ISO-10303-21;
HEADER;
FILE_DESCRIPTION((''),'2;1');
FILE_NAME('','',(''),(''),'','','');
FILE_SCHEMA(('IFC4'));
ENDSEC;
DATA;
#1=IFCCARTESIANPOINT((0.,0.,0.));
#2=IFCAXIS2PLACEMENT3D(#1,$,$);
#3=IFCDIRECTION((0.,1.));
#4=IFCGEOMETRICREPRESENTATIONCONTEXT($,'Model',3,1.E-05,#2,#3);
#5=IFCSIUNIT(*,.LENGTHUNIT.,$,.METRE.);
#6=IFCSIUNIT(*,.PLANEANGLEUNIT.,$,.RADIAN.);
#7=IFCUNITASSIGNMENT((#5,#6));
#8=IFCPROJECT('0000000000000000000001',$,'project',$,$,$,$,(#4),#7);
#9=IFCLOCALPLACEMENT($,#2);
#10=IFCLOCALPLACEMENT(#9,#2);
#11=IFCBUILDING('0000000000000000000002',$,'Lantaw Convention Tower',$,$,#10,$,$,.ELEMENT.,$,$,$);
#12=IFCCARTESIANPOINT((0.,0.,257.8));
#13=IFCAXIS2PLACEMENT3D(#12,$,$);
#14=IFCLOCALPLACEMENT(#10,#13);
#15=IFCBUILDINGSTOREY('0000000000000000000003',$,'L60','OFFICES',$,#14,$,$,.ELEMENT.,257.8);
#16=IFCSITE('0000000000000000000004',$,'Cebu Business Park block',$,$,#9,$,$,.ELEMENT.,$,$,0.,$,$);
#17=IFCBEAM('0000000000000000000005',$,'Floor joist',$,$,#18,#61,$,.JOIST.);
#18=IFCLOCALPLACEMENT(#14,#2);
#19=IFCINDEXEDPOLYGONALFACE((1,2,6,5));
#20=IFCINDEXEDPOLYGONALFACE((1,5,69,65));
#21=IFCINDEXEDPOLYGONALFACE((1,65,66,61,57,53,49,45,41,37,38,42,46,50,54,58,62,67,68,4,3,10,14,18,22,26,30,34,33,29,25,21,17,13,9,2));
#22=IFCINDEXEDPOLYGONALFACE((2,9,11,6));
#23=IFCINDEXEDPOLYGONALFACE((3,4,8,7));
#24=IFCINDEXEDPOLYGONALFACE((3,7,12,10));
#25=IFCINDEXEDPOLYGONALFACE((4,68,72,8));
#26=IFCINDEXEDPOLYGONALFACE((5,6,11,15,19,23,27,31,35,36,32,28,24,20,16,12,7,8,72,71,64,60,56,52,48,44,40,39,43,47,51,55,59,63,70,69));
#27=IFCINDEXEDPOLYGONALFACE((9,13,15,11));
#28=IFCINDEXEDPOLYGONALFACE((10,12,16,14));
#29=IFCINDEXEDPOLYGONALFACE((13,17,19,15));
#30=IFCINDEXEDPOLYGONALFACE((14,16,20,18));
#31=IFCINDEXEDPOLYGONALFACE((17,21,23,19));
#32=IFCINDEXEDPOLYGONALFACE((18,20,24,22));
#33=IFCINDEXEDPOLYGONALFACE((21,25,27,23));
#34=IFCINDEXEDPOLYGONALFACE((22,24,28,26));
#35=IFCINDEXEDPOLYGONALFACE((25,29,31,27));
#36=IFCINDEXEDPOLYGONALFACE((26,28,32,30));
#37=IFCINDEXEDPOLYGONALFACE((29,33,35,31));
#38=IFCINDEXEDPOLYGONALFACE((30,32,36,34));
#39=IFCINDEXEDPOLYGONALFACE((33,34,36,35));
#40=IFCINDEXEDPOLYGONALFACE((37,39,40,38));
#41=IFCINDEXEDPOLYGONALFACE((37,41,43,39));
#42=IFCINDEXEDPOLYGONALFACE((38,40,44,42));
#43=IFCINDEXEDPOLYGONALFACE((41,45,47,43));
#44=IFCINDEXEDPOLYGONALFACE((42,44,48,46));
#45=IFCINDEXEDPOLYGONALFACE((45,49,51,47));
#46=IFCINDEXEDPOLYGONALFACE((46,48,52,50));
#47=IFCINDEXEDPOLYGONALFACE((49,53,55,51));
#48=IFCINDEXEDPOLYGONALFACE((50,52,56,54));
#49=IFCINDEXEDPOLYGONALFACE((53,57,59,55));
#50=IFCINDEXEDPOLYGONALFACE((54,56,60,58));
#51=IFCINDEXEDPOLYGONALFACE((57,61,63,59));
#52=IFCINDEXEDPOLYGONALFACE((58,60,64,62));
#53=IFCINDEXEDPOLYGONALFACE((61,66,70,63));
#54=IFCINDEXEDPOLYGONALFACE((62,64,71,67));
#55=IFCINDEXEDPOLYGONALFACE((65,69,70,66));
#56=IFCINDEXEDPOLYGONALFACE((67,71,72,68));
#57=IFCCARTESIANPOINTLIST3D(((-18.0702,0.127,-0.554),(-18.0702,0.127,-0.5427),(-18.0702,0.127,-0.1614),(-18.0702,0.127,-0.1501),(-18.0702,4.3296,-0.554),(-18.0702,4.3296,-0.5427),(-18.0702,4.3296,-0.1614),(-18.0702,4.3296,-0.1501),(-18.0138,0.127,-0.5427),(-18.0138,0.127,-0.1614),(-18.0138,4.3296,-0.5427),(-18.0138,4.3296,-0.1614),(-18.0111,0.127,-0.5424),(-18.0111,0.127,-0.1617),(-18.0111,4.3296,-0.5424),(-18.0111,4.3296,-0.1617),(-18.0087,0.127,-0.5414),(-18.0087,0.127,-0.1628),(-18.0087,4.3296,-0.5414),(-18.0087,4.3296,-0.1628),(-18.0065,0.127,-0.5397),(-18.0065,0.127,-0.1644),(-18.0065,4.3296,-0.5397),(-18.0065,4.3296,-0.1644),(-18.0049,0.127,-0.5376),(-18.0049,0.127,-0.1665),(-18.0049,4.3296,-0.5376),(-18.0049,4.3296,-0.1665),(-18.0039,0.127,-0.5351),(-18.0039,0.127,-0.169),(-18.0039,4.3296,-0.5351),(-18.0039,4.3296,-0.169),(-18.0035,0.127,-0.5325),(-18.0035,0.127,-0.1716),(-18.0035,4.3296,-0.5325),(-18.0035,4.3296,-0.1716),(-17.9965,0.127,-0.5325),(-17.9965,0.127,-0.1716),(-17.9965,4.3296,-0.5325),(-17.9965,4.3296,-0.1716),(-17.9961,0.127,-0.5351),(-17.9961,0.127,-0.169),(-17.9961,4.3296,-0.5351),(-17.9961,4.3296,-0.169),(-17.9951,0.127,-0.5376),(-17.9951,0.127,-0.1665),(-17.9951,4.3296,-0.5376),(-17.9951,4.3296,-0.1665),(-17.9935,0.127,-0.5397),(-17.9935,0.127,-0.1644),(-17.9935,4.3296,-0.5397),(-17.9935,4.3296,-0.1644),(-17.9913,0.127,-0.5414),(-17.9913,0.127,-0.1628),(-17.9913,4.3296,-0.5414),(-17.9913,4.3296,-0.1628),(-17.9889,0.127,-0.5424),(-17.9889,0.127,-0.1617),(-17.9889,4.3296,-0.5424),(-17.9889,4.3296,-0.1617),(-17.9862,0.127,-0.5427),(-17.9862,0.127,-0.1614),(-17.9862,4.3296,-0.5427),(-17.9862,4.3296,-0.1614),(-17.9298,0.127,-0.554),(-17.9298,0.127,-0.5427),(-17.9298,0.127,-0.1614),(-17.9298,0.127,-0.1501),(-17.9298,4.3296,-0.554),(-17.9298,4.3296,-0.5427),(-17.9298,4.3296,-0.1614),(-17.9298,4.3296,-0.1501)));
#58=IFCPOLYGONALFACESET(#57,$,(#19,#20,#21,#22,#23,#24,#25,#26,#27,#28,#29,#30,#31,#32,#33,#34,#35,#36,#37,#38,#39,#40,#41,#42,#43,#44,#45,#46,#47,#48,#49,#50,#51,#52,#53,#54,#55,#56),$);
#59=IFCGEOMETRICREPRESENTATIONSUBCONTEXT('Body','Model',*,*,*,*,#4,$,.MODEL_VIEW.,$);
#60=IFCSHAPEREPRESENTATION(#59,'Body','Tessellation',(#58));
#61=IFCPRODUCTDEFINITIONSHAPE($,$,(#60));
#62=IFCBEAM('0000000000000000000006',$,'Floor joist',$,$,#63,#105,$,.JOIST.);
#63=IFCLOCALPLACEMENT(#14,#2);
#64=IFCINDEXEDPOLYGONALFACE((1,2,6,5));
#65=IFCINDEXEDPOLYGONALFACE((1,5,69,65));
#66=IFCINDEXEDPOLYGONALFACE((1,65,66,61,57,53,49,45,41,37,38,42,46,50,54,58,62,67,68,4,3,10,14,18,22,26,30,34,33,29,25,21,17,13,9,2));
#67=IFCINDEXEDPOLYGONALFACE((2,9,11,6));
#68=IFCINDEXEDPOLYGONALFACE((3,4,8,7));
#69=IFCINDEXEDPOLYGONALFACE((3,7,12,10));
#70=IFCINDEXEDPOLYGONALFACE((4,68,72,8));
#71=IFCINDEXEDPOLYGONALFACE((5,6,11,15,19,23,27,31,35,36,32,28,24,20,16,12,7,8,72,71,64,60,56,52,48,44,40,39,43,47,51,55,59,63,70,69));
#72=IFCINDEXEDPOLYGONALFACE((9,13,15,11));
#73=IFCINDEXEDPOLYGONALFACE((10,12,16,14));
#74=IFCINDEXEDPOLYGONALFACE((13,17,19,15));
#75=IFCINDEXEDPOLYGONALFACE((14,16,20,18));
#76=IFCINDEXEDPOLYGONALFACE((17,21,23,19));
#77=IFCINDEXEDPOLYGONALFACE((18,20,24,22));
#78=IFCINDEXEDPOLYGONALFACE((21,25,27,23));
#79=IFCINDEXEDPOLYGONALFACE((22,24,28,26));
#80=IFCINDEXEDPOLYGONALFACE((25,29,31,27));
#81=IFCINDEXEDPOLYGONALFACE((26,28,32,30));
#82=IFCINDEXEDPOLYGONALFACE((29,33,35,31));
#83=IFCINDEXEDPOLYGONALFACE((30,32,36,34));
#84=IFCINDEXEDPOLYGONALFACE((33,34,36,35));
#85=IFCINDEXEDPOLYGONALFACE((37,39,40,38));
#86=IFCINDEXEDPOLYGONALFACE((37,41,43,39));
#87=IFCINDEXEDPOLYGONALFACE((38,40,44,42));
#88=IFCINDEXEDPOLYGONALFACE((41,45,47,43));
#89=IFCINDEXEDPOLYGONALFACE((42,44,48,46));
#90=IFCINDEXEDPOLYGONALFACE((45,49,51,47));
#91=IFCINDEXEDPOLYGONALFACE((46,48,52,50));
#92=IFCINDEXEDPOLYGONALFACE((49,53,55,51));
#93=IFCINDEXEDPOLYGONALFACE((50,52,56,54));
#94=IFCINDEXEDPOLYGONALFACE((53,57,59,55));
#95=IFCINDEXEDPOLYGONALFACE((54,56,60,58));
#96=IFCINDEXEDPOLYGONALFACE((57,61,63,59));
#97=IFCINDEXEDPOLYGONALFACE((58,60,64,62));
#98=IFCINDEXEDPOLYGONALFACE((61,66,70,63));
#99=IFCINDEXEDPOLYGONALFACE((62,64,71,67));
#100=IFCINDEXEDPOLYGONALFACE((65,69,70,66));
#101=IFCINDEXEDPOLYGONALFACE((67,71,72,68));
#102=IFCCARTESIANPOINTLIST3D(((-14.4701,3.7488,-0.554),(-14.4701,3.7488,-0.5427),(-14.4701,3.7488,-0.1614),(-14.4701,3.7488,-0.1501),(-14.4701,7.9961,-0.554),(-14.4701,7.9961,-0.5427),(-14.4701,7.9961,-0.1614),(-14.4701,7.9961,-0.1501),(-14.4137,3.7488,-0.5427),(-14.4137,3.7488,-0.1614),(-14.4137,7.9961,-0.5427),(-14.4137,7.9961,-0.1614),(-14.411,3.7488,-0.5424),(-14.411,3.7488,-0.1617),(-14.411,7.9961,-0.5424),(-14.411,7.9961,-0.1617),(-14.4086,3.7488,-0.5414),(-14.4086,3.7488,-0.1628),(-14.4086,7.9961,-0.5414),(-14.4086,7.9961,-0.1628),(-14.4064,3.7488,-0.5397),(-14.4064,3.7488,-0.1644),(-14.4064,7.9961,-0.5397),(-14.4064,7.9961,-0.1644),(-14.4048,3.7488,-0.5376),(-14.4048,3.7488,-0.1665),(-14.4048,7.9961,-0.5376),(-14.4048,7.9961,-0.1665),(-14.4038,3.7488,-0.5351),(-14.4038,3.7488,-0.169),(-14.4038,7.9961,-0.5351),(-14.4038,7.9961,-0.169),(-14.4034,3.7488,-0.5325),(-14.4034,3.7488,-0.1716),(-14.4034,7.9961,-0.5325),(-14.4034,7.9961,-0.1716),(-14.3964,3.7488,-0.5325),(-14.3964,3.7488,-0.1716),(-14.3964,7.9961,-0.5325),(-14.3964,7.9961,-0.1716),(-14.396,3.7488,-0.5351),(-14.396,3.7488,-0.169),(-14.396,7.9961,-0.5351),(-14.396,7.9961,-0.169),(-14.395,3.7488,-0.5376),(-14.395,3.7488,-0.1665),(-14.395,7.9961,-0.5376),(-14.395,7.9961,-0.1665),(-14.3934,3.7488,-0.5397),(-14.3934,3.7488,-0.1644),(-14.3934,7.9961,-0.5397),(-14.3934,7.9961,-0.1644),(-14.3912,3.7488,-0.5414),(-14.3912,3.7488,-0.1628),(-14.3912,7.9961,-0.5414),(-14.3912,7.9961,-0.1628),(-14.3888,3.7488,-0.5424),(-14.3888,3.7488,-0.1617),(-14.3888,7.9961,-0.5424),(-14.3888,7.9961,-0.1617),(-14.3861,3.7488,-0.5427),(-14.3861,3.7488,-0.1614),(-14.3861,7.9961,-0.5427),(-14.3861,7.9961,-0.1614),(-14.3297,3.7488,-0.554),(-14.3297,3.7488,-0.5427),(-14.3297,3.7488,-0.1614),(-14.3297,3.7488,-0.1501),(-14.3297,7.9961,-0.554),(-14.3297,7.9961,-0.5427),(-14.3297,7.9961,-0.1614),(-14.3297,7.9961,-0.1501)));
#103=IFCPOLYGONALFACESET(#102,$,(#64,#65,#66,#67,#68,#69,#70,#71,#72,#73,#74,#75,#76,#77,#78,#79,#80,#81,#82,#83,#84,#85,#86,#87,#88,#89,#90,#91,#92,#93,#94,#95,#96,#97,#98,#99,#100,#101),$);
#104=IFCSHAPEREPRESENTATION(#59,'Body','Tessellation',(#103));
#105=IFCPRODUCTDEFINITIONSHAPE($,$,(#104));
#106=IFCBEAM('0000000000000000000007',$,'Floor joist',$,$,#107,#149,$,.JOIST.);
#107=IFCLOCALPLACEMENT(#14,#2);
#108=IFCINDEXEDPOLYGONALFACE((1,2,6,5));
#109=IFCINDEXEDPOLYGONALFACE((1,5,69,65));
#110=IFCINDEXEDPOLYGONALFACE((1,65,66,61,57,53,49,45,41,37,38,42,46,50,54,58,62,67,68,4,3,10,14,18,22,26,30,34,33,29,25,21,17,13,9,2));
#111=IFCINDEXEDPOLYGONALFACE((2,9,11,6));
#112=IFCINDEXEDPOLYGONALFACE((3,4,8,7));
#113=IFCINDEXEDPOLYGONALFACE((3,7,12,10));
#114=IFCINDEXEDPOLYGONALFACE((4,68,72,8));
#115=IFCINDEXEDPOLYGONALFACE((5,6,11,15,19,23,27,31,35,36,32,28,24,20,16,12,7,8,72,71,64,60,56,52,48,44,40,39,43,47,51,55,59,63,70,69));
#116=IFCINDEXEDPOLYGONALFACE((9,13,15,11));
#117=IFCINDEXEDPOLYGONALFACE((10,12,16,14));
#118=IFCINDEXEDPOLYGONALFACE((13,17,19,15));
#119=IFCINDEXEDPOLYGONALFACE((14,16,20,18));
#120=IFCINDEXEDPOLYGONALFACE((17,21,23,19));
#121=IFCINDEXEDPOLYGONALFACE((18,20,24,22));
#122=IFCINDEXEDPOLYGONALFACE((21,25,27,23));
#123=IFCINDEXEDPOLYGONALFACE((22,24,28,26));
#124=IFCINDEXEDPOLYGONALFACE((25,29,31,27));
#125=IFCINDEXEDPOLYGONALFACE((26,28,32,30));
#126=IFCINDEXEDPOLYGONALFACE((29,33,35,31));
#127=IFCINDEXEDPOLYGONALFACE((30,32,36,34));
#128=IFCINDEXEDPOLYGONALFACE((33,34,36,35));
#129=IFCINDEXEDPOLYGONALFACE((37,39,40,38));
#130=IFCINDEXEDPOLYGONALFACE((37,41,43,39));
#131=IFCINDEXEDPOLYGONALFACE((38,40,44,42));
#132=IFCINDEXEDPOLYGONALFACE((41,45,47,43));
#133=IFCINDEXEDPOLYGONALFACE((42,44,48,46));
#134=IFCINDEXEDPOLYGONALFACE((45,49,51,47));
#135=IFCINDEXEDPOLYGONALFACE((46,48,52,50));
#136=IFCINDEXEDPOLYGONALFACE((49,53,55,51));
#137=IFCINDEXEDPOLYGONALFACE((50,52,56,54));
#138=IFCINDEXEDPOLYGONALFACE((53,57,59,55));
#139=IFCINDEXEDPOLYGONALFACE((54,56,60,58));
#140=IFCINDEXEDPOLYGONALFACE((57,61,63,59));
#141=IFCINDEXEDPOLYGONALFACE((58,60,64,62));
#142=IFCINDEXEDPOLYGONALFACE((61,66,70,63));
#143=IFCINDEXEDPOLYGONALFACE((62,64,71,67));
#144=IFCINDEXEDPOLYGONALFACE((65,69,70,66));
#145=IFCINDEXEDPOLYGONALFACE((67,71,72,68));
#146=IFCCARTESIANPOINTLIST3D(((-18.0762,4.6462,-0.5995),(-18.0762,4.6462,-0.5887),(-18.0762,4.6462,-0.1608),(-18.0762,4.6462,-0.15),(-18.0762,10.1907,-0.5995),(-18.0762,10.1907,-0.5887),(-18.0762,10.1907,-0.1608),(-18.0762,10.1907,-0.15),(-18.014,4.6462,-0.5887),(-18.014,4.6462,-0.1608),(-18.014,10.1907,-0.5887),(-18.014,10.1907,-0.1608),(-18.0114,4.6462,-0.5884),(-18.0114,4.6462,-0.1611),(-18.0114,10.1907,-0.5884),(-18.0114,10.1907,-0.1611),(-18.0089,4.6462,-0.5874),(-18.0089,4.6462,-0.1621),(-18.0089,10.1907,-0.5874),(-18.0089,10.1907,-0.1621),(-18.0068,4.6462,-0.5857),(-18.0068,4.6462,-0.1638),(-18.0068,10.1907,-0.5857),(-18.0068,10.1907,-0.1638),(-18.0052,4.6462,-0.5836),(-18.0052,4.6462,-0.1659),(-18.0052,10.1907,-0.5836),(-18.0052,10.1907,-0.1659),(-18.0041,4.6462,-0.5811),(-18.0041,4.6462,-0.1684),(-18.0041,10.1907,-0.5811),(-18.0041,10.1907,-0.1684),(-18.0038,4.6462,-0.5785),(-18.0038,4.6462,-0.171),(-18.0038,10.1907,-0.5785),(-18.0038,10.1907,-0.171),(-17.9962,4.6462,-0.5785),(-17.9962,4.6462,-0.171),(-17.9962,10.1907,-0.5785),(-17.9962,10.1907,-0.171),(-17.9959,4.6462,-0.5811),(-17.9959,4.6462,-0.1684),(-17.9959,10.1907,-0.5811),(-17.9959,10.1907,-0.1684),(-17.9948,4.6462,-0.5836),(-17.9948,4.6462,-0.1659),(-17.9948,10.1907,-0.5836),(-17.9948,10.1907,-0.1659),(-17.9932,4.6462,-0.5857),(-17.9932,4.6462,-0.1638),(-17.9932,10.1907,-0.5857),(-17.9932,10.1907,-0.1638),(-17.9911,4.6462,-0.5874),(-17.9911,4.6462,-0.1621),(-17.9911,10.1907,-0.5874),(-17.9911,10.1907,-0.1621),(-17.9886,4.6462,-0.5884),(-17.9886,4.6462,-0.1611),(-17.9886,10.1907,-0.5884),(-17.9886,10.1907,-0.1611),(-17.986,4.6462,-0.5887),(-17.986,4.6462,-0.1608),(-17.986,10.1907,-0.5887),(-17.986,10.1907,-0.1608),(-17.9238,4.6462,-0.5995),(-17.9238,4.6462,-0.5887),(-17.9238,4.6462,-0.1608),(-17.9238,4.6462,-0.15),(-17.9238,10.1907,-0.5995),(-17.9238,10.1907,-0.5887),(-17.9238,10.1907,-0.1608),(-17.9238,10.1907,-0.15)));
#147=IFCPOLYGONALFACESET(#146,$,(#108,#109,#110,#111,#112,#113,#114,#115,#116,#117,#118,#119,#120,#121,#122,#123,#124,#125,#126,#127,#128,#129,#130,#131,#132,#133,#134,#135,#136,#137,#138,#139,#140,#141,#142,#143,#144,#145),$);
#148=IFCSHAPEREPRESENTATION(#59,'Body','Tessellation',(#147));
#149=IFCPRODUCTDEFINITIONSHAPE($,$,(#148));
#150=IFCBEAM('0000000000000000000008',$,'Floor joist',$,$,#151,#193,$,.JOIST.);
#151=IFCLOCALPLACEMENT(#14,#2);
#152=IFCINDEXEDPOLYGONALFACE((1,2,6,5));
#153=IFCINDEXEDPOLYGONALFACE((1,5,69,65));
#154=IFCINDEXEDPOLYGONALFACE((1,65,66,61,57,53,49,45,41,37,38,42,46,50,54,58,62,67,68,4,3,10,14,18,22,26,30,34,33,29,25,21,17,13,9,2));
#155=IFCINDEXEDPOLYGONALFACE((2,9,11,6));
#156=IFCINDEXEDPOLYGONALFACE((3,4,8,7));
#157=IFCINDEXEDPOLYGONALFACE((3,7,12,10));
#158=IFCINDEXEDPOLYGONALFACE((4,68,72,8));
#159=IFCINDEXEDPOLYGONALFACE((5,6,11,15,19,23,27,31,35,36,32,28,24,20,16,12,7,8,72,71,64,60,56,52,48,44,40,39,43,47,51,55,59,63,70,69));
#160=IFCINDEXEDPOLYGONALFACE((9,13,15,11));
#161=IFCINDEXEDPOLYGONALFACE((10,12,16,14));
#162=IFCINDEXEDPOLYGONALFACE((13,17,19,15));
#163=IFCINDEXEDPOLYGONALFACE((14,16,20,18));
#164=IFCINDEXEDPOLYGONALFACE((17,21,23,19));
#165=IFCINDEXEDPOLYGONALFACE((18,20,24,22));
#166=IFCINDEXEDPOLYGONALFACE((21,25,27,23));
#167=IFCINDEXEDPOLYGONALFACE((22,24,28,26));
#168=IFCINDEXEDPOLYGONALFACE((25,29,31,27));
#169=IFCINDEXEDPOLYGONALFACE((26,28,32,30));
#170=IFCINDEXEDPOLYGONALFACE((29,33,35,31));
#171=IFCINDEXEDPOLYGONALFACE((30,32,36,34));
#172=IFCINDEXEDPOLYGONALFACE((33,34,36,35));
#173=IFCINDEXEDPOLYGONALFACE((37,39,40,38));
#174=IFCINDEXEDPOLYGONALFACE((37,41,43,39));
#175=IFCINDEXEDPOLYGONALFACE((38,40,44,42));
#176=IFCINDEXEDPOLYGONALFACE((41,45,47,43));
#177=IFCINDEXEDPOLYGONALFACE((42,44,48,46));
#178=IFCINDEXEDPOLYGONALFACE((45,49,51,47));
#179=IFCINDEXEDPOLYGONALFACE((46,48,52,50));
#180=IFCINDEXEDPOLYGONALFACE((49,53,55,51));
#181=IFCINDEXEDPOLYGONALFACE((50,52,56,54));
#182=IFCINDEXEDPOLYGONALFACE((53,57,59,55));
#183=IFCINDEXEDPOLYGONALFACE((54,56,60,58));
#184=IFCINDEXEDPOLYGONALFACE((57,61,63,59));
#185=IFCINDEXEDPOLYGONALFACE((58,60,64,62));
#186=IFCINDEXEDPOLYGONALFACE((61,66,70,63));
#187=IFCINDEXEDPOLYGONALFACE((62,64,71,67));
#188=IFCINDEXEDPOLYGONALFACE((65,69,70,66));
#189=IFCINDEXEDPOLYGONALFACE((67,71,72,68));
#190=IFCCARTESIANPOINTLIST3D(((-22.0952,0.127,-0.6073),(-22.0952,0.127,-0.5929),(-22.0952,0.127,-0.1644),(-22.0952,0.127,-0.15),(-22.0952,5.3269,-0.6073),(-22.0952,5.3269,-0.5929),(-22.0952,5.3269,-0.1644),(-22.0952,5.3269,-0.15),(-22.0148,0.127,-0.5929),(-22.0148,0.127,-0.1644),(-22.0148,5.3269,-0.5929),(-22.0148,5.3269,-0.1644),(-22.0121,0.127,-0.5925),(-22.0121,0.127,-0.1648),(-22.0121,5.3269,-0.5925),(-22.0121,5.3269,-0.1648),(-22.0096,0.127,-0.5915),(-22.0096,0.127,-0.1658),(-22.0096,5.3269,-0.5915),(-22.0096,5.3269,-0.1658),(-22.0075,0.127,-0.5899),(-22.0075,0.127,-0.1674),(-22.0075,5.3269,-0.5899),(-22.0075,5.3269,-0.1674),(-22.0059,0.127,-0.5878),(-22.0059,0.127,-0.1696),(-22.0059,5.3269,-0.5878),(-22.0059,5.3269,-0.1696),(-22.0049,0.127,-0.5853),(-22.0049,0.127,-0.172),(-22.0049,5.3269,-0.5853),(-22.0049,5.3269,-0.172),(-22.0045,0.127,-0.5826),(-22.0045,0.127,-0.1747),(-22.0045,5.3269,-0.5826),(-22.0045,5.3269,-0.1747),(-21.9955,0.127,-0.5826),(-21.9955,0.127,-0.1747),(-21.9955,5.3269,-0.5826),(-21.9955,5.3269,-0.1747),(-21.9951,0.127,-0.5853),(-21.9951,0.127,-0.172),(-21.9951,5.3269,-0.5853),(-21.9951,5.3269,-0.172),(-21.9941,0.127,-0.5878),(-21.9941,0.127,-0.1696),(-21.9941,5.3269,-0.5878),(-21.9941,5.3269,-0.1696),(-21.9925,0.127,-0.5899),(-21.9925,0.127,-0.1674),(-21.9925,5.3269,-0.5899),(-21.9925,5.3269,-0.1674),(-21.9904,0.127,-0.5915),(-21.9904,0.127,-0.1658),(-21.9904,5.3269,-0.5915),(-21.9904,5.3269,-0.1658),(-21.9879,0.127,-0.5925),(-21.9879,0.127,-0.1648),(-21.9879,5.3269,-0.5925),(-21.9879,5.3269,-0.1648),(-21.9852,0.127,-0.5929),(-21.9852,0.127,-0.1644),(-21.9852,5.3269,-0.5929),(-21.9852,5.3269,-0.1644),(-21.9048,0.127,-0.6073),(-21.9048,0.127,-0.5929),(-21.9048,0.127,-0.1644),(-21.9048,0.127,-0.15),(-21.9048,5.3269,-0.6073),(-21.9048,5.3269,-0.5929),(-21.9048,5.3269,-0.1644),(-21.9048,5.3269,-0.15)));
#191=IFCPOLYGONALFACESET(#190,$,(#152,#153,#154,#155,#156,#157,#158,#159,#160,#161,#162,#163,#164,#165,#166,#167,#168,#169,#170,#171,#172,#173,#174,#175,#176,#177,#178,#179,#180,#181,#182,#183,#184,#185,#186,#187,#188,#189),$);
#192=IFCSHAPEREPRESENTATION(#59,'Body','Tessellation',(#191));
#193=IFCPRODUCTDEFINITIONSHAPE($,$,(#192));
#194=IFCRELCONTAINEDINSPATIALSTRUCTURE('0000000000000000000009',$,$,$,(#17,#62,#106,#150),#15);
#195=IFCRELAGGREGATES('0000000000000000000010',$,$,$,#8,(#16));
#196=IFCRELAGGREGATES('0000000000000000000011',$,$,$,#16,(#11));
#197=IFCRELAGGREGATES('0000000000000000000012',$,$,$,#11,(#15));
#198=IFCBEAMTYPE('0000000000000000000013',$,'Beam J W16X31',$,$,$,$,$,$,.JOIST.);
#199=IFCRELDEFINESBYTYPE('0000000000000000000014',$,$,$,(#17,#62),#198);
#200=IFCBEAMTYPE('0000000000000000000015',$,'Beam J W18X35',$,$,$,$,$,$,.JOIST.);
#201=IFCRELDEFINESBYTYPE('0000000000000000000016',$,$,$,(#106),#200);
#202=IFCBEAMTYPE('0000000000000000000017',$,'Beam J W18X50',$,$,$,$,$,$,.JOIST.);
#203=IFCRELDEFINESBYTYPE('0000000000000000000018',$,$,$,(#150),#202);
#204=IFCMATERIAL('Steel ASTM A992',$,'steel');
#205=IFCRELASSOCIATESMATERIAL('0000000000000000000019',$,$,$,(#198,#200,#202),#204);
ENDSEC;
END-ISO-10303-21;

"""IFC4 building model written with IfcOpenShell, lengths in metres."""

from ifc_helpers import new_model, si_unit, direction, frame, origin, origin_2d, place, context, subcontext, project, spatial, i_section, extrude, material, material_profile, profile_set, type_object, element, save


model = new_model("IFC4")

# Units and contexts
model_context = context("Model", 3, precision=1e-05, world=origin(), true_north=direction((0.0, 1.0)))
body_context = subcontext(model_context, "Body", "Model", "MODEL_VIEW")
ifc_project = project(units=[si_unit("LENGTHUNIT", "METRE"), si_unit("PLANEANGLEUNIT", "RADIAN")], contexts=[model_context])

# Site, building, storey
site_placement = place(None, origin())
site = spatial("IfcSite", under=ifc_project, at=site_placement, Name="Cebu Business Park block", CompositionType="ELEMENT", RefElevation=0.0)
building_placement = place(site_placement, origin())
building = spatial("IfcBuilding", under=site, at=building_placement, Name="Lantaw Convention Tower", CompositionType="ELEMENT")
storey_placement = place(building_placement, frame((0.0, 0.0, 257.8)))
storey = spatial("IfcBuildingStorey", under=building, at=storey_placement, Name="L60", Description="OFFICES", CompositionType="ELEMENT", Elevation=257.8)

# Beams
ifc_material_1 = material(Name="Steel ASTM A992", Category="steel")
ifc_material_profile_1 = material_profile(ifc_material_1, i_section(OverallWidth=0.1404, OverallDepth=0.4038, WebThickness=0.0071, FlangeThickness=0.0112, FilletRadius=0.0103, at=origin_2d()), Name="W16X31")
ifc_profile_set_1 = profile_set([ifc_material_profile_1], Name="Steel ASTM A992")
beam_type_1 = type_object("IfcBeamType", Name="Beam J W16X31", PredefinedType="JOIST", material=ifc_profile_set_1)
beam_1_placement = place(storey_placement, frame((-18.0, 0.127, -0.3521), z_axis=(0.0, 1.0, 0.0), x_axis=(-1.0, 0.0, 0.0)))
element("IfcBeam", 1, at=beam_1_placement, inside=storey, type_object=beam_type_1, Name="Floor joist", PredefinedType="JOIST", context=body_context, shape_type="SweptSolid", body=[
    extrude(i_section(OverallWidth=0.1404, OverallDepth=0.4038, WebThickness=0.0071, FlangeThickness=0.0112, FilletRadius=0.0103, at=origin_2d()), origin(), (0.0, 0.0, 1.0), 4.2026),
])
beam_2_placement = place(storey_placement, frame((-14.3999, 3.7488, -0.3521), z_axis=(0.0, 1.0, 0.0), x_axis=(-1.0, 0.0, 0.0)))
element("IfcBeam", 2, at=beam_2_placement, inside=storey, type_object=beam_type_1, Name="Floor joist", PredefinedType="JOIST", context=body_context, shape_type="SweptSolid", body=[
    extrude(i_section(OverallWidth=0.1404, OverallDepth=0.4038, WebThickness=0.0071, FlangeThickness=0.0112, FilletRadius=0.0103, at=origin_2d()), origin(), (0.0, 0.0, 1.0), 4.2473),
])
ifc_material_profile_2 = material_profile(ifc_material_1, i_section(OverallWidth=0.1523, OverallDepth=0.4495, WebThickness=0.0076, FlangeThickness=0.0107, FilletRadius=0.0103, at=origin_2d()), Name="W18X35")
ifc_profile_set_2 = profile_set([ifc_material_profile_2], Name="Steel ASTM A992")
beam_type_2 = type_object("IfcBeamType", Name="Beam J W18X35", PredefinedType="JOIST", material=ifc_profile_set_2)
beam_3_placement = place(storey_placement, frame((-18.0, 4.6462, -0.3748), z_axis=(0.0, 1.0, 0.0), x_axis=(-1.0, 0.0, 0.0)))
element("IfcBeam", 3, at=beam_3_placement, inside=storey, type_object=beam_type_2, Name="Floor joist", PredefinedType="JOIST", context=body_context, shape_type="SweptSolid", body=[
    extrude(i_section(OverallWidth=0.1523, OverallDepth=0.4495, WebThickness=0.0076, FlangeThickness=0.0107, FilletRadius=0.0103, at=origin_2d()), origin(), (0.0, 0.0, 1.0), 5.5444),
])
ifc_material_profile_3 = material_profile(ifc_material_1, i_section(OverallWidth=0.1904, OverallDepth=0.4573, WebThickness=0.009, FlangeThickness=0.0144, FilletRadius=0.0103, at=origin_2d()), Name="W18X50")
ifc_profile_set_3 = profile_set([ifc_material_profile_3], Name="Steel ASTM A992")
beam_type_3 = type_object("IfcBeamType", Name="Beam J W18X50", PredefinedType="JOIST", material=ifc_profile_set_3)
beam_4_placement = place(storey_placement, frame((-22.0, 0.127, -0.3787), z_axis=(0.0, 1.0, 0.0), x_axis=(-1.0, 0.0, 0.0)))
element("IfcBeam", 4, at=beam_4_placement, inside=storey, type_object=beam_type_3, Name="Floor joist", PredefinedType="JOIST", context=body_context, shape_type="SweptSolid", body=[
    extrude(i_section(OverallWidth=0.1904, OverallDepth=0.4573, WebThickness=0.009, FlangeThickness=0.0144, FilletRadius=0.0103, at=origin_2d()), origin(), (0.0, 0.0, 1.0), 5.2),
])

save(model, "model.ifc")
